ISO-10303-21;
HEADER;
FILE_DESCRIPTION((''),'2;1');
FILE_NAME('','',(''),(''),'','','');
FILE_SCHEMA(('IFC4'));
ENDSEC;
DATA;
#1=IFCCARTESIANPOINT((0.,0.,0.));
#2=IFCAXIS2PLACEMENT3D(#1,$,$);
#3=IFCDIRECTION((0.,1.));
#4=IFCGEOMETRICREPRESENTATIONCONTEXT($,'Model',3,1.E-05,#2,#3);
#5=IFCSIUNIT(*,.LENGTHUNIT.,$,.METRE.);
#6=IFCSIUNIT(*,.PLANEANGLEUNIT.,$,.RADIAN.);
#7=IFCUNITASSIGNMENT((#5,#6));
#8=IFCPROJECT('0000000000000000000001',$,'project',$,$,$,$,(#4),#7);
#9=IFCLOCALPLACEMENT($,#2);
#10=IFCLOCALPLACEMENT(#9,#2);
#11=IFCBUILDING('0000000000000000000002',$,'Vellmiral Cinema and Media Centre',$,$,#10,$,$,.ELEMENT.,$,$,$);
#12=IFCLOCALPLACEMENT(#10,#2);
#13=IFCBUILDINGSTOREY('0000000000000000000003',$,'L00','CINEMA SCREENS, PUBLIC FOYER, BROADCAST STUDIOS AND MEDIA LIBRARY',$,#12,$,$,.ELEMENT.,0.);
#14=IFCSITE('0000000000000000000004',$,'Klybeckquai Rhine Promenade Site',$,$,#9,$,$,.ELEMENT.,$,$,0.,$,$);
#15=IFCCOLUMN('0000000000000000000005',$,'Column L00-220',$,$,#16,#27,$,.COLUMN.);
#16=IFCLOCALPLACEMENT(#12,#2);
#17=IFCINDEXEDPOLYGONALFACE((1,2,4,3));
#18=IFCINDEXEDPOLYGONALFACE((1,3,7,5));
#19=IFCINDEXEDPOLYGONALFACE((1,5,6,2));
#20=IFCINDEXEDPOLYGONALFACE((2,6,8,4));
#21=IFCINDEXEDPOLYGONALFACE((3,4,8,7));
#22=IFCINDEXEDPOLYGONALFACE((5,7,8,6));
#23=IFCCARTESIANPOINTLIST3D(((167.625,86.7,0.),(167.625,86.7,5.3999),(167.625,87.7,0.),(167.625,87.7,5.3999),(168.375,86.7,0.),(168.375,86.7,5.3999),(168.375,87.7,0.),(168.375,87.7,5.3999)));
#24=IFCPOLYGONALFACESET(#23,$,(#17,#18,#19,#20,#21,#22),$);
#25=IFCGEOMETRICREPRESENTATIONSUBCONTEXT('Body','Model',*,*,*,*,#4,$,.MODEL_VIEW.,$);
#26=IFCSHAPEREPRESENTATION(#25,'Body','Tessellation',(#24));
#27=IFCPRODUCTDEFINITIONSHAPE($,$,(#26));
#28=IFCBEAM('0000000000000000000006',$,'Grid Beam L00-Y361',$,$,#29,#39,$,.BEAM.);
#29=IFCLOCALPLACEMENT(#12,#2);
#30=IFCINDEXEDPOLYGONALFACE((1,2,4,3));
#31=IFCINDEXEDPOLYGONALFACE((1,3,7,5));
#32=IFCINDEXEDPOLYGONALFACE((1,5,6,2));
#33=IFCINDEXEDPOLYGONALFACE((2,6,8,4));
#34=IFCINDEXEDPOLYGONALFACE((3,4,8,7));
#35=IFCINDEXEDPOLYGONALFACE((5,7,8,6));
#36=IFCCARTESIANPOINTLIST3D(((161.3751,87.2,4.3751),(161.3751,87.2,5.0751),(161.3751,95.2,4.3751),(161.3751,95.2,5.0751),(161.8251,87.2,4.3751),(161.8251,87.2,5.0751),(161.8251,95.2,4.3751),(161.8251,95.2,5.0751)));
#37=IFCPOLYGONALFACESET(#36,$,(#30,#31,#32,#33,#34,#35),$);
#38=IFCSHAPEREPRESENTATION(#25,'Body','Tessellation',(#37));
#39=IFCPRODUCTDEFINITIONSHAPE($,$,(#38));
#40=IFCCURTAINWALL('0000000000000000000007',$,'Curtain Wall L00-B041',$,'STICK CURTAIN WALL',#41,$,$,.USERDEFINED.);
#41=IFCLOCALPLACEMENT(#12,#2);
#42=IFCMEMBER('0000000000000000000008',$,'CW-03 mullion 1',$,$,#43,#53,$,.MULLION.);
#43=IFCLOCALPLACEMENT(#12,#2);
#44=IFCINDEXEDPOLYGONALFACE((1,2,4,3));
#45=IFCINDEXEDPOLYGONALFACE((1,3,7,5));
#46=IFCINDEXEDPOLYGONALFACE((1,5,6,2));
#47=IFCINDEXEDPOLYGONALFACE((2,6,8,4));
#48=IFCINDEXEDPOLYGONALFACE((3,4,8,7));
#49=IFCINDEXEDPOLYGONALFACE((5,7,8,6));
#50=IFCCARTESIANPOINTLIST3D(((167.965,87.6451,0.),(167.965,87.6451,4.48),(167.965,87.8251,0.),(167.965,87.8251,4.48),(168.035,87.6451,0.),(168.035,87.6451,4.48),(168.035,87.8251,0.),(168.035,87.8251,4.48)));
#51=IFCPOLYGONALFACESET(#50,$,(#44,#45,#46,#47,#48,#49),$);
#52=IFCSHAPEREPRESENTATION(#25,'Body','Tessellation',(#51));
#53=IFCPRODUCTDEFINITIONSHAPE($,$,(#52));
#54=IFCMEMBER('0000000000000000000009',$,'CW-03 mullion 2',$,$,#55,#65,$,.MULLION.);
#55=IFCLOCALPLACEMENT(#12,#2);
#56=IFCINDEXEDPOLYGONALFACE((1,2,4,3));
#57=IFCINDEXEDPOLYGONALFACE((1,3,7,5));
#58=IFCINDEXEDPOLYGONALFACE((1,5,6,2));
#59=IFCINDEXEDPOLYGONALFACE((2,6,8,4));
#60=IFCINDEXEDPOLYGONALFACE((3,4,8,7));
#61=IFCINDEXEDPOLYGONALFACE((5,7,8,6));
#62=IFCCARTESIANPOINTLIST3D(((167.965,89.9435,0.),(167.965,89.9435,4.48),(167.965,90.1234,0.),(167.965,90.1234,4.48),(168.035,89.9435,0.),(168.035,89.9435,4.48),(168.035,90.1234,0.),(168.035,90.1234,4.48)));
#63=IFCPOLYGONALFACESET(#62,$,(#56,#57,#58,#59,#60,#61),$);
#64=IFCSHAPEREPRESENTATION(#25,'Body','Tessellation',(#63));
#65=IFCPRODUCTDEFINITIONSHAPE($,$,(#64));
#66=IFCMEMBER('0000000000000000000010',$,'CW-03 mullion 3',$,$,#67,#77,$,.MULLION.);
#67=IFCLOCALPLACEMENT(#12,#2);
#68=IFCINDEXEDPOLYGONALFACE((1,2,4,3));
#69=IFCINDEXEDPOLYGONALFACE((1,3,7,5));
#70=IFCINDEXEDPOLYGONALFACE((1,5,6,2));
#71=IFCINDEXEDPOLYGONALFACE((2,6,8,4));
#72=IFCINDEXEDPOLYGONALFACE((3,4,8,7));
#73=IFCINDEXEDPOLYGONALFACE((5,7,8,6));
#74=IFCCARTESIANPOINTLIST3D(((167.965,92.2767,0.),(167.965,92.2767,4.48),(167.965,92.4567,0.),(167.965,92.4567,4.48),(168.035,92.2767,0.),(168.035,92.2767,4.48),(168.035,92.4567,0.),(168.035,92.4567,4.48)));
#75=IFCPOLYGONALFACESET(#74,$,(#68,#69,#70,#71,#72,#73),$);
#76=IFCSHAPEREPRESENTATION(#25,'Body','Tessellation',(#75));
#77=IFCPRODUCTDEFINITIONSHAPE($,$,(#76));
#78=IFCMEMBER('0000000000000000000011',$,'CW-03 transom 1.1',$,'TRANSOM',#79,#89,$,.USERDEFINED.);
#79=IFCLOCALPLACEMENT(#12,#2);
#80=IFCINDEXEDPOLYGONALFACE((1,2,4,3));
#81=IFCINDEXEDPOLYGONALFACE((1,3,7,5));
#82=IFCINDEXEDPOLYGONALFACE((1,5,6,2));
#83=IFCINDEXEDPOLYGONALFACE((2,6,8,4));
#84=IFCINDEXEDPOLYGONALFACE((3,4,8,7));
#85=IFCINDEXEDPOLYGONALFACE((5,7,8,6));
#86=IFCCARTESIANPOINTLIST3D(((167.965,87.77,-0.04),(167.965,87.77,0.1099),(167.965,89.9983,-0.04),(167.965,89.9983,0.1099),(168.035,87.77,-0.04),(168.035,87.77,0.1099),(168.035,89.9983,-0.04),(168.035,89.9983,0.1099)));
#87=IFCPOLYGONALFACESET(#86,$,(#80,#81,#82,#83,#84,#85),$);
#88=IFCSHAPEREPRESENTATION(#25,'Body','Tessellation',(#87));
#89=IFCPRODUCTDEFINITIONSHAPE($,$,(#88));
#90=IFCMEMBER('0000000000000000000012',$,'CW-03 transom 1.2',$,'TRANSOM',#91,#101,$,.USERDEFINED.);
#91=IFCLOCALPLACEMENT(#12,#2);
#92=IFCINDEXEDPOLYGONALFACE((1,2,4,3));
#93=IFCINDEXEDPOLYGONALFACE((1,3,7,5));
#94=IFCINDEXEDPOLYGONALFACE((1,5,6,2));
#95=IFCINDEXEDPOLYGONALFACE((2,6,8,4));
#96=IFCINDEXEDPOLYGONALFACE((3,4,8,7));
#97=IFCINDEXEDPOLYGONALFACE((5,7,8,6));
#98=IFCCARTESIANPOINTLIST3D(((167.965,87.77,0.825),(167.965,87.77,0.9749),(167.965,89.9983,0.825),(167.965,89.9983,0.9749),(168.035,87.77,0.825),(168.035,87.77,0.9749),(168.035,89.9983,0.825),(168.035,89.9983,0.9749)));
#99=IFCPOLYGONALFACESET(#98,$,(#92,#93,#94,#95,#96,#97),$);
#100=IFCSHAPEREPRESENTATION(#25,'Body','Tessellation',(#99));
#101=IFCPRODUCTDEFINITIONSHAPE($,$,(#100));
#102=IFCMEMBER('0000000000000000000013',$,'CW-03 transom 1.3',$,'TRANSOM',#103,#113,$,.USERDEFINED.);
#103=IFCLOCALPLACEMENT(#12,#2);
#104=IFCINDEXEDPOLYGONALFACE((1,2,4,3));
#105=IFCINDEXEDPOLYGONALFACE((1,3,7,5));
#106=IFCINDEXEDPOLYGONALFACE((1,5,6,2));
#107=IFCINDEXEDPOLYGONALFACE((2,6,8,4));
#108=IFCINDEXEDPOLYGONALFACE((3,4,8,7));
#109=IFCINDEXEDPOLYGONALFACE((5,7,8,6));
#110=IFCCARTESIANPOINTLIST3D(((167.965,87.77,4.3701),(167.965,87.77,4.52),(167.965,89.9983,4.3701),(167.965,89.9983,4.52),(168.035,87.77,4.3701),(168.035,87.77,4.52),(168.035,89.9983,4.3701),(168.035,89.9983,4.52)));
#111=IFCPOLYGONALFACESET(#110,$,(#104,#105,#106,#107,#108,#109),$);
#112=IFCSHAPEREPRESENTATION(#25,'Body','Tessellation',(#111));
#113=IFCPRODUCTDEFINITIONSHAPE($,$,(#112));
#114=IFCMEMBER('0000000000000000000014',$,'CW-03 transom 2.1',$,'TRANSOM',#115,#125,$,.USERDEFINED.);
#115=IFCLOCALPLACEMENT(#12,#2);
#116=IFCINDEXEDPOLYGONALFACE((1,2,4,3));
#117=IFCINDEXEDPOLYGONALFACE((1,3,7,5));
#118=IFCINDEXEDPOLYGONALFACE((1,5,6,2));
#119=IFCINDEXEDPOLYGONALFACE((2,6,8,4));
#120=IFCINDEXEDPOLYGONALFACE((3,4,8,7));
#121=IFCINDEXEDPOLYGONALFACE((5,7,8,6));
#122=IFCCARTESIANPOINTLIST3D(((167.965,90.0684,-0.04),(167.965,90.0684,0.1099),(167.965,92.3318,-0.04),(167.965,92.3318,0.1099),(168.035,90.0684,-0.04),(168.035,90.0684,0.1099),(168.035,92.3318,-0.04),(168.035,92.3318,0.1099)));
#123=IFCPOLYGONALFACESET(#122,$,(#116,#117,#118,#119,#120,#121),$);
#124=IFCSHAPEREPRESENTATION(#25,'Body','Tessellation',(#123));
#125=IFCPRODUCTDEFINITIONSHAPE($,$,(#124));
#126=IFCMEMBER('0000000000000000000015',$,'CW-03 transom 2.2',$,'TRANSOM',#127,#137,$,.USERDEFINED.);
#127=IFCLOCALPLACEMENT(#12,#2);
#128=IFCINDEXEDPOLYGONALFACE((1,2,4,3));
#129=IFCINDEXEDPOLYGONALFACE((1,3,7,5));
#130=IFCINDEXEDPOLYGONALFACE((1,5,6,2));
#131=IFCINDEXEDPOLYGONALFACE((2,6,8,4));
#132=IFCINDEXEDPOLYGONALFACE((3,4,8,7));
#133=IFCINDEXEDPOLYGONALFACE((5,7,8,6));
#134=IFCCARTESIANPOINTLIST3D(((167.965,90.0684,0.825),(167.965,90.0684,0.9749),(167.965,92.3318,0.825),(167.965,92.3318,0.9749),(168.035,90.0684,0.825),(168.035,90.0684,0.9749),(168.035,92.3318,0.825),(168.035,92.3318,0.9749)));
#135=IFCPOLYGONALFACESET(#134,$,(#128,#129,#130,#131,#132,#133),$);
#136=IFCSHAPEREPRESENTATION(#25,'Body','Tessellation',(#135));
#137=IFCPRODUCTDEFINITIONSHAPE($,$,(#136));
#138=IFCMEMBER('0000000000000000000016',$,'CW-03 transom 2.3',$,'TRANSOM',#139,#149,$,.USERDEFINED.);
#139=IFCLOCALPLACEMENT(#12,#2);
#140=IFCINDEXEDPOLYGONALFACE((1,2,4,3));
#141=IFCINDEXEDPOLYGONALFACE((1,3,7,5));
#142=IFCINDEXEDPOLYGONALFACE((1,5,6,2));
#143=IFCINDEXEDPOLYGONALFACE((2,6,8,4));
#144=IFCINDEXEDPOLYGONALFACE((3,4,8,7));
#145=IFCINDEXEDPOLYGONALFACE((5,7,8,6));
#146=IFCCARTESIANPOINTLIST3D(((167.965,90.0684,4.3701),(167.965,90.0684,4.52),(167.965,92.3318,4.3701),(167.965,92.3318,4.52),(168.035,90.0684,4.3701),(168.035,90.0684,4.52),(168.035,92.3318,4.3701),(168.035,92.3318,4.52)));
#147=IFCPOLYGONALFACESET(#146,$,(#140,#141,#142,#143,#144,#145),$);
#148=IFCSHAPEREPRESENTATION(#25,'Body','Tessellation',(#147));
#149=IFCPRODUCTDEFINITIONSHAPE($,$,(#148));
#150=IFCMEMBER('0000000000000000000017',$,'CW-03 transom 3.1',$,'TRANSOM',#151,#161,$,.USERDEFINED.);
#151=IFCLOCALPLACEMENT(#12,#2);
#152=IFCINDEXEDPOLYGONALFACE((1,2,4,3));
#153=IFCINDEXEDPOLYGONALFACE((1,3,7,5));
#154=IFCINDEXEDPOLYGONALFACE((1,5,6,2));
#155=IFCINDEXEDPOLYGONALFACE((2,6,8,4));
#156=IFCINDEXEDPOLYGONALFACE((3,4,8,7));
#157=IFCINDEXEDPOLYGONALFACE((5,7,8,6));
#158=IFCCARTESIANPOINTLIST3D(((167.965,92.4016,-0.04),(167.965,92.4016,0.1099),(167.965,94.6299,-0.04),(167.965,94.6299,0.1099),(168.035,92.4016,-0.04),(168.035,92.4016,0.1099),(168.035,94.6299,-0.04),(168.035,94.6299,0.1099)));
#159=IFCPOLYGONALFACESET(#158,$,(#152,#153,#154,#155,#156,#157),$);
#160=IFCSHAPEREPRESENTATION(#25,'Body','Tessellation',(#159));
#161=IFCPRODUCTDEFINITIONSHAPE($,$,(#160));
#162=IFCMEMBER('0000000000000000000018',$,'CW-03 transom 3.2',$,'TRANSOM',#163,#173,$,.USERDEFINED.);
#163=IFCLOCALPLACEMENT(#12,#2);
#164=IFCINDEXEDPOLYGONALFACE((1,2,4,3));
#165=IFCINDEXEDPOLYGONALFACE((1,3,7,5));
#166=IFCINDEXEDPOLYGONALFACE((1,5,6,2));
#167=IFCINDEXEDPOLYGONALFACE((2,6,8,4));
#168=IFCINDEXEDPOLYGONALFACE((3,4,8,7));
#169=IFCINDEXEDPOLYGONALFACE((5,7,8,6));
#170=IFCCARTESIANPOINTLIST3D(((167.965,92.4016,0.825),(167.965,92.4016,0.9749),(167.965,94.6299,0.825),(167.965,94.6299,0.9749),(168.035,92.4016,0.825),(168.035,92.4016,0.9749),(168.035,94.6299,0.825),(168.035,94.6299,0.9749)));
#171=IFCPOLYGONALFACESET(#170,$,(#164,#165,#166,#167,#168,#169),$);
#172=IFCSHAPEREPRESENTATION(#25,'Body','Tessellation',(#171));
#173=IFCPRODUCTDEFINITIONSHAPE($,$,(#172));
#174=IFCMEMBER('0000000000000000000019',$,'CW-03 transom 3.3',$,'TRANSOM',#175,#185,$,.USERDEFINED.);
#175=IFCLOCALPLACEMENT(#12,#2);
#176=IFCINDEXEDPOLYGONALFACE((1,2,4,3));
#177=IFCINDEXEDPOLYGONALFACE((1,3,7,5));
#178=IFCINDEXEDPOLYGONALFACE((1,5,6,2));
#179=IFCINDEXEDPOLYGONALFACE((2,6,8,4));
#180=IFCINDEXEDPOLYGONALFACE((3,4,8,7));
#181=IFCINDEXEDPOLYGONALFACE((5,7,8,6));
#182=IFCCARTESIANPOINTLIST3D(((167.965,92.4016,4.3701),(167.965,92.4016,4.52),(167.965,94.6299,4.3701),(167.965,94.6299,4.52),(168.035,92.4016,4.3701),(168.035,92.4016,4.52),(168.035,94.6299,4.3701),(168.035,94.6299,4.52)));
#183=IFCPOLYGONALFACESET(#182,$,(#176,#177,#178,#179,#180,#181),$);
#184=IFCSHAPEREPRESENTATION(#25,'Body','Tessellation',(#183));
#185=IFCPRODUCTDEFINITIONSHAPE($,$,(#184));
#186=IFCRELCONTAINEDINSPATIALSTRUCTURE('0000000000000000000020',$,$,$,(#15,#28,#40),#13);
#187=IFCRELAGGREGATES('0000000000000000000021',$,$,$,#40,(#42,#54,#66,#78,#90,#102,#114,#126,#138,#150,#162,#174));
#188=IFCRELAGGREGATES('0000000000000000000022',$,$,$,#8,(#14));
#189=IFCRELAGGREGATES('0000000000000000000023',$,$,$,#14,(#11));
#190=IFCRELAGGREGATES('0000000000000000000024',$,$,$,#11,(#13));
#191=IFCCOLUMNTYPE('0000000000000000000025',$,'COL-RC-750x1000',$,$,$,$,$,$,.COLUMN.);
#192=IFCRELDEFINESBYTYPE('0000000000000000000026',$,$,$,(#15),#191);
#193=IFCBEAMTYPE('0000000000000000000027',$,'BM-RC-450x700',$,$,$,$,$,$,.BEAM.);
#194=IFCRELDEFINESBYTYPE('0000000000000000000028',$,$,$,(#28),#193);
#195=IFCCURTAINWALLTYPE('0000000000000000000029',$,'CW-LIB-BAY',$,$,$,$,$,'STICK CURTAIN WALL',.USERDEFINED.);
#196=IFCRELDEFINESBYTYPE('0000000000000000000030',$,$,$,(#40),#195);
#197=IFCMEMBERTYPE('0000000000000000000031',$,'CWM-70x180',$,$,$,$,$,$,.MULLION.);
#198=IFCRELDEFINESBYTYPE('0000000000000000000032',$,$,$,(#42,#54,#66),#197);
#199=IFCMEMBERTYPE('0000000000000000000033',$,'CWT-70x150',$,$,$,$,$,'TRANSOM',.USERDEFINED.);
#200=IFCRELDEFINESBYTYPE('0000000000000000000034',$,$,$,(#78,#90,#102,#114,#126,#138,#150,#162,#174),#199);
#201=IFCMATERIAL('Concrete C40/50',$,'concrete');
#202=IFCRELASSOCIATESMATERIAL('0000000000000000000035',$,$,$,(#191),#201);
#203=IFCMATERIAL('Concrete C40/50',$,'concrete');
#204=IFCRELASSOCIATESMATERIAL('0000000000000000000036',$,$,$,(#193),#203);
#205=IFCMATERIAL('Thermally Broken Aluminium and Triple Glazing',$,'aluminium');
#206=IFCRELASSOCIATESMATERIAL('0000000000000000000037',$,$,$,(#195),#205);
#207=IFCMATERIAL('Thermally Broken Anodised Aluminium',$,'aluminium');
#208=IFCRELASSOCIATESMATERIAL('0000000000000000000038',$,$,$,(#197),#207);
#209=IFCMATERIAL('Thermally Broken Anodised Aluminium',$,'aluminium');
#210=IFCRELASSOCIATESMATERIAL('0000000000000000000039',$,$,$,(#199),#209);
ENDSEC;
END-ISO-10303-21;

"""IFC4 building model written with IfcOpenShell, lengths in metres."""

from ifc_helpers import new_model, si_unit, direction, frame, origin, origin_2d, place, context, subcontext, project, spatial, rectangle, extrude, material, material_profile, profile_set, type_object, element, aggregate, save


model = new_model("IFC4")

# Units and contexts
model_context = context("Model", 3, precision=1e-05, world=origin(), true_north=direction((0.0, 1.0)))
body_context = subcontext(model_context, "Body", "Model", "MODEL_VIEW")
ifc_project = project(units=[si_unit("LENGTHUNIT", "METRE"), si_unit("PLANEANGLEUNIT", "RADIAN")], contexts=[model_context])

# Site, building, storey
site_placement = place(None, origin())
site = spatial("IfcSite", under=ifc_project, at=site_placement, Name="Klybeckquai Rhine Promenade Site", CompositionType="ELEMENT", RefElevation=0.0)
building_placement = place(site_placement, origin())
building = spatial("IfcBuilding", under=site, at=building_placement, Name="Vellmiral Cinema and Media Centre", CompositionType="ELEMENT")
storey_placement = place(building_placement, origin())
storey = spatial("IfcBuildingStorey", under=building, at=storey_placement, Name="L00", Description="CINEMA SCREENS, PUBLIC FOYER, BROADCAST STUDIOS AND MEDIA LIBRARY", CompositionType="ELEMENT", Elevation=0.0)

# Column
ifc_material_1 = material(Name="Concrete C40/50", Category="concrete")
ifc_material_profile_1 = material_profile(ifc_material_1, rectangle(XDim=0.75, YDim=1.0, at=origin_2d()), Name="RC 750x1000")
ifc_profile_set_1 = profile_set([ifc_material_profile_1], Name="Concrete C40/50")
column_type = type_object("IfcColumnType", Name="COL-RC-750x1000", PredefinedType="COLUMN", material=ifc_profile_set_1)
column_placement = place(storey_placement, frame((168.0, 87.2, 0.0), z_axis=(0.0, 0.0, 1.0), x_axis=(1.0, 0.0, 0.0)))
element("IfcColumn", 1, at=column_placement, inside=storey, type_object=column_type, Name="Column L00-220", PredefinedType="COLUMN", context=body_context, shape_type="SweptSolid", body=[
    extrude(rectangle(XDim=0.75, YDim=1.0, at=origin_2d()), origin(), (0.0, 0.0, 1.0), 5.3999),
])

# Beam
ifc_material_2 = material(Name="Concrete C40/50", Category="concrete")
ifc_material_profile_2 = material_profile(ifc_material_2, rectangle(XDim=0.45, YDim=0.7, at=origin_2d()), Name="RC 450x700")
ifc_profile_set_2 = profile_set([ifc_material_profile_2], Name="Concrete C40/50")
beam_type_1 = type_object("IfcBeamType", Name="BM-RC-450x700", PredefinedType="BEAM", material=ifc_profile_set_2)
beam_1_placement = place(storey_placement, frame((161.6001, 87.2, 4.7251), z_axis=(0.0, 1.0, 0.0), x_axis=(-1.0, 0.0, 0.0)))
element("IfcBeam", 2, at=beam_1_placement, inside=storey, type_object=beam_type_1, Name="Grid Beam L00-Y361", PredefinedType="BEAM", context=body_context, shape_type="SweptSolid", body=[
    extrude(rectangle(XDim=0.45, YDim=0.7, at=origin_2d()), origin(), (0.0, 0.0, 1.0), 8.0),
])

# Curtain wall, members
ifc_material_3 = material(Name="Thermally Broken Aluminium and Triple Glazing", Category="aluminium")
curtain_wall_type = type_object("IfcCurtainWallType", Name="CW-LIB-BAY", ElementType="STICK CURTAIN WALL", PredefinedType="USERDEFINED", material=ifc_material_3)
curtain_wall_placement = place(storey_placement, origin())
curtain_wall = element("IfcCurtainWall", 3, at=curtain_wall_placement, inside=storey, type_object=curtain_wall_type, Name="Curtain Wall L00-B041", ObjectType="STICK CURTAIN WALL", PredefinedType="USERDEFINED")
ifc_material_4 = material(Name="Thermally Broken Anodised Aluminium", Category="aluminium")
ifc_material_profile_3 = material_profile(ifc_material_4, rectangle(XDim=0.0701, YDim=0.1799, at=origin_2d()), Name="MULL 70x180")
ifc_profile_set_3 = profile_set([ifc_material_profile_3], Name="Thermally Broken Anodised Aluminium")
member_type_1 = type_object("IfcMemberType", Name="CWM-70x180", PredefinedType="MULLION", material=ifc_profile_set_3)
member_1_placement = place(storey_placement, frame((168.0, 87.7351, 0.0), z_axis=(0.0, 0.0, 1.0), x_axis=(-1.0, 0.0, 0.0)))
member_1 = element("IfcMember", 4, at=member_1_placement, type_object=member_type_1, Name="CW-03 mullion 1", PredefinedType="MULLION", context=body_context, shape_type="SweptSolid", body=[
    extrude(rectangle(XDim=0.0701, YDim=0.1799, at=origin_2d()), origin(), (0.0, 0.0, 1.0), 4.48),
])
member_2_placement = place(storey_placement, frame((168.0, 90.0334, 0.0), z_axis=(0.0, 0.0, 1.0), x_axis=(-1.0, 0.0, 0.0)))
member_2 = element("IfcMember", 5, at=member_2_placement, type_object=member_type_1, Name="CW-03 mullion 2", PredefinedType="MULLION", context=body_context, shape_type="SweptSolid", body=[
    extrude(rectangle(XDim=0.0701, YDim=0.1799, at=origin_2d()), origin(), (0.0, 0.0, 1.0), 4.48),
])
member_3_placement = place(storey_placement, frame((168.0, 92.3667, 0.0), z_axis=(0.0, 0.0, 1.0), x_axis=(-1.0, 0.0, 0.0)))
member_3 = element("IfcMember", 6, at=member_3_placement, type_object=member_type_1, Name="CW-03 mullion 3", PredefinedType="MULLION", context=body_context, shape_type="SweptSolid", body=[
    extrude(rectangle(XDim=0.0701, YDim=0.1799, at=origin_2d()), origin(), (0.0, 0.0, 1.0), 4.48),
])
ifc_material_5 = material(Name="Thermally Broken Anodised Aluminium", Category="aluminium")
ifc_material_profile_4 = material_profile(ifc_material_5, rectangle(XDim=0.0701, YDim=0.1499, at=origin_2d()), Name="MULL 70x150")
ifc_profile_set_4 = profile_set([ifc_material_profile_4], Name="Thermally Broken Anodised Aluminium")
member_type_2 = type_object("IfcMemberType", Name="CWT-70x150", ElementType="TRANSOM", PredefinedType="USERDEFINED", material=ifc_profile_set_4)
member_4_placement = place(storey_placement, frame((168.0, 87.77, 0.0349), z_axis=(0.0, 1.0, 0.0), x_axis=(-1.0, 0.0, 0.0)))
member_4 = element("IfcMember", 7, at=member_4_placement, type_object=member_type_2, Name="CW-03 transom 1.1", ObjectType="TRANSOM", PredefinedType="USERDEFINED", context=body_context, shape_type="SweptSolid", body=[
    extrude(rectangle(XDim=0.0701, YDim=0.1499, at=origin_2d()), origin(), (0.0, 0.0, 1.0), 2.2283),
])
member_5_placement = place(storey_placement, frame((168.0, 87.77, 0.8999), z_axis=(0.0, 1.0, 0.0), x_axis=(-1.0, 0.0, 0.0)))
member_5 = element("IfcMember", 8, at=member_5_placement, type_object=member_type_2, Name="CW-03 transom 1.2", ObjectType="TRANSOM", PredefinedType="USERDEFINED", context=body_context, shape_type="SweptSolid", body=[
    extrude(rectangle(XDim=0.0701, YDim=0.1499, at=origin_2d()), origin(), (0.0, 0.0, 1.0), 2.2283),
])
member_6_placement = place(storey_placement, frame((168.0, 87.77, 4.4451), z_axis=(0.0, 1.0, 0.0), x_axis=(-1.0, 0.0, 0.0)))
member_6 = element("IfcMember", 9, at=member_6_placement, type_object=member_type_2, Name="CW-03 transom 1.3", ObjectType="TRANSOM", PredefinedType="USERDEFINED", context=body_context, shape_type="SweptSolid", body=[
    extrude(rectangle(XDim=0.0701, YDim=0.1499, at=origin_2d()), origin(), (0.0, 0.0, 1.0), 2.2283),
])
member_7_placement = place(storey_placement, frame((168.0, 90.0684, 0.0349), z_axis=(0.0, 1.0, 0.0), x_axis=(-1.0, 0.0, 0.0)))
member_7 = element("IfcMember", 10, at=member_7_placement, type_object=member_type_2, Name="CW-03 transom 2.1", ObjectType="TRANSOM", PredefinedType="USERDEFINED", context=body_context, shape_type="SweptSolid", body=[
    extrude(rectangle(XDim=0.0701, YDim=0.1499, at=origin_2d()), origin(), (0.0, 0.0, 1.0), 2.2634),
])
member_8_placement = place(storey_placement, frame((168.0, 90.0684, 0.8999), z_axis=(0.0, 1.0, 0.0), x_axis=(-1.0, 0.0, 0.0)))
member_8 = element("IfcMember", 11, at=member_8_placement, type_object=member_type_2, Name="CW-03 transom 2.2", ObjectType="TRANSOM", PredefinedType="USERDEFINED", context=body_context, shape_type="SweptSolid", body=[
    extrude(rectangle(XDim=0.0701, YDim=0.1499, at=origin_2d()), origin(), (0.0, 0.0, 1.0), 2.2634),
])
member_9_placement = place(storey_placement, frame((168.0, 90.0684, 4.4451), z_axis=(0.0, 1.0, 0.0), x_axis=(-1.0, 0.0, 0.0)))
member_9 = element("IfcMember", 12, at=member_9_placement, type_object=member_type_2, Name="CW-03 transom 2.3", ObjectType="TRANSOM", PredefinedType="USERDEFINED", context=body_context, shape_type="SweptSolid", body=[
    extrude(rectangle(XDim=0.0701, YDim=0.1499, at=origin_2d()), origin(), (0.0, 0.0, 1.0), 2.2634),
])
member_10_placement = place(storey_placement, frame((168.0, 92.4016, 0.0349), z_axis=(0.0, 1.0, 0.0), x_axis=(-1.0, 0.0, 0.0)))
member_10 = element("IfcMember", 13, at=member_10_placement, type_object=member_type_2, Name="CW-03 transom 3.1", ObjectType="TRANSOM", PredefinedType="USERDEFINED", context=body_context, shape_type="SweptSolid", body=[
    extrude(rectangle(XDim=0.0701, YDim=0.1499, at=origin_2d()), origin(), (0.0, 0.0, 1.0), 2.2283),
])
member_11_placement = place(storey_placement, frame((168.0, 92.4016, 0.8999), z_axis=(0.0, 1.0, 0.0), x_axis=(-1.0, 0.0, 0.0)))
member_11 = element("IfcMember", 14, at=member_11_placement, type_object=member_type_2, Name="CW-03 transom 3.2", ObjectType="TRANSOM", PredefinedType="USERDEFINED", context=body_context, shape_type="SweptSolid", body=[
    extrude(rectangle(XDim=0.0701, YDim=0.1499, at=origin_2d()), origin(), (0.0, 0.0, 1.0), 2.2283),
])
member_12_placement = place(storey_placement, frame((168.0, 92.4016, 4.4451), z_axis=(0.0, 1.0, 0.0), x_axis=(-1.0, 0.0, 0.0)))
member_12 = element("IfcMember", 15, at=member_12_placement, type_object=member_type_2, Name="CW-03 transom 3.3", ObjectType="TRANSOM", PredefinedType="USERDEFINED", context=body_context, shape_type="SweptSolid", body=[
    extrude(rectangle(XDim=0.0701, YDim=0.1499, at=origin_2d()), origin(), (0.0, 0.0, 1.0), 2.2283),
])

aggregate(curtain_wall, [member_1, member_2, member_3, member_4, member_5, member_6, member_7, member_8, member_9, member_10, member_11, member_12])

save(model, "model.ifc")
